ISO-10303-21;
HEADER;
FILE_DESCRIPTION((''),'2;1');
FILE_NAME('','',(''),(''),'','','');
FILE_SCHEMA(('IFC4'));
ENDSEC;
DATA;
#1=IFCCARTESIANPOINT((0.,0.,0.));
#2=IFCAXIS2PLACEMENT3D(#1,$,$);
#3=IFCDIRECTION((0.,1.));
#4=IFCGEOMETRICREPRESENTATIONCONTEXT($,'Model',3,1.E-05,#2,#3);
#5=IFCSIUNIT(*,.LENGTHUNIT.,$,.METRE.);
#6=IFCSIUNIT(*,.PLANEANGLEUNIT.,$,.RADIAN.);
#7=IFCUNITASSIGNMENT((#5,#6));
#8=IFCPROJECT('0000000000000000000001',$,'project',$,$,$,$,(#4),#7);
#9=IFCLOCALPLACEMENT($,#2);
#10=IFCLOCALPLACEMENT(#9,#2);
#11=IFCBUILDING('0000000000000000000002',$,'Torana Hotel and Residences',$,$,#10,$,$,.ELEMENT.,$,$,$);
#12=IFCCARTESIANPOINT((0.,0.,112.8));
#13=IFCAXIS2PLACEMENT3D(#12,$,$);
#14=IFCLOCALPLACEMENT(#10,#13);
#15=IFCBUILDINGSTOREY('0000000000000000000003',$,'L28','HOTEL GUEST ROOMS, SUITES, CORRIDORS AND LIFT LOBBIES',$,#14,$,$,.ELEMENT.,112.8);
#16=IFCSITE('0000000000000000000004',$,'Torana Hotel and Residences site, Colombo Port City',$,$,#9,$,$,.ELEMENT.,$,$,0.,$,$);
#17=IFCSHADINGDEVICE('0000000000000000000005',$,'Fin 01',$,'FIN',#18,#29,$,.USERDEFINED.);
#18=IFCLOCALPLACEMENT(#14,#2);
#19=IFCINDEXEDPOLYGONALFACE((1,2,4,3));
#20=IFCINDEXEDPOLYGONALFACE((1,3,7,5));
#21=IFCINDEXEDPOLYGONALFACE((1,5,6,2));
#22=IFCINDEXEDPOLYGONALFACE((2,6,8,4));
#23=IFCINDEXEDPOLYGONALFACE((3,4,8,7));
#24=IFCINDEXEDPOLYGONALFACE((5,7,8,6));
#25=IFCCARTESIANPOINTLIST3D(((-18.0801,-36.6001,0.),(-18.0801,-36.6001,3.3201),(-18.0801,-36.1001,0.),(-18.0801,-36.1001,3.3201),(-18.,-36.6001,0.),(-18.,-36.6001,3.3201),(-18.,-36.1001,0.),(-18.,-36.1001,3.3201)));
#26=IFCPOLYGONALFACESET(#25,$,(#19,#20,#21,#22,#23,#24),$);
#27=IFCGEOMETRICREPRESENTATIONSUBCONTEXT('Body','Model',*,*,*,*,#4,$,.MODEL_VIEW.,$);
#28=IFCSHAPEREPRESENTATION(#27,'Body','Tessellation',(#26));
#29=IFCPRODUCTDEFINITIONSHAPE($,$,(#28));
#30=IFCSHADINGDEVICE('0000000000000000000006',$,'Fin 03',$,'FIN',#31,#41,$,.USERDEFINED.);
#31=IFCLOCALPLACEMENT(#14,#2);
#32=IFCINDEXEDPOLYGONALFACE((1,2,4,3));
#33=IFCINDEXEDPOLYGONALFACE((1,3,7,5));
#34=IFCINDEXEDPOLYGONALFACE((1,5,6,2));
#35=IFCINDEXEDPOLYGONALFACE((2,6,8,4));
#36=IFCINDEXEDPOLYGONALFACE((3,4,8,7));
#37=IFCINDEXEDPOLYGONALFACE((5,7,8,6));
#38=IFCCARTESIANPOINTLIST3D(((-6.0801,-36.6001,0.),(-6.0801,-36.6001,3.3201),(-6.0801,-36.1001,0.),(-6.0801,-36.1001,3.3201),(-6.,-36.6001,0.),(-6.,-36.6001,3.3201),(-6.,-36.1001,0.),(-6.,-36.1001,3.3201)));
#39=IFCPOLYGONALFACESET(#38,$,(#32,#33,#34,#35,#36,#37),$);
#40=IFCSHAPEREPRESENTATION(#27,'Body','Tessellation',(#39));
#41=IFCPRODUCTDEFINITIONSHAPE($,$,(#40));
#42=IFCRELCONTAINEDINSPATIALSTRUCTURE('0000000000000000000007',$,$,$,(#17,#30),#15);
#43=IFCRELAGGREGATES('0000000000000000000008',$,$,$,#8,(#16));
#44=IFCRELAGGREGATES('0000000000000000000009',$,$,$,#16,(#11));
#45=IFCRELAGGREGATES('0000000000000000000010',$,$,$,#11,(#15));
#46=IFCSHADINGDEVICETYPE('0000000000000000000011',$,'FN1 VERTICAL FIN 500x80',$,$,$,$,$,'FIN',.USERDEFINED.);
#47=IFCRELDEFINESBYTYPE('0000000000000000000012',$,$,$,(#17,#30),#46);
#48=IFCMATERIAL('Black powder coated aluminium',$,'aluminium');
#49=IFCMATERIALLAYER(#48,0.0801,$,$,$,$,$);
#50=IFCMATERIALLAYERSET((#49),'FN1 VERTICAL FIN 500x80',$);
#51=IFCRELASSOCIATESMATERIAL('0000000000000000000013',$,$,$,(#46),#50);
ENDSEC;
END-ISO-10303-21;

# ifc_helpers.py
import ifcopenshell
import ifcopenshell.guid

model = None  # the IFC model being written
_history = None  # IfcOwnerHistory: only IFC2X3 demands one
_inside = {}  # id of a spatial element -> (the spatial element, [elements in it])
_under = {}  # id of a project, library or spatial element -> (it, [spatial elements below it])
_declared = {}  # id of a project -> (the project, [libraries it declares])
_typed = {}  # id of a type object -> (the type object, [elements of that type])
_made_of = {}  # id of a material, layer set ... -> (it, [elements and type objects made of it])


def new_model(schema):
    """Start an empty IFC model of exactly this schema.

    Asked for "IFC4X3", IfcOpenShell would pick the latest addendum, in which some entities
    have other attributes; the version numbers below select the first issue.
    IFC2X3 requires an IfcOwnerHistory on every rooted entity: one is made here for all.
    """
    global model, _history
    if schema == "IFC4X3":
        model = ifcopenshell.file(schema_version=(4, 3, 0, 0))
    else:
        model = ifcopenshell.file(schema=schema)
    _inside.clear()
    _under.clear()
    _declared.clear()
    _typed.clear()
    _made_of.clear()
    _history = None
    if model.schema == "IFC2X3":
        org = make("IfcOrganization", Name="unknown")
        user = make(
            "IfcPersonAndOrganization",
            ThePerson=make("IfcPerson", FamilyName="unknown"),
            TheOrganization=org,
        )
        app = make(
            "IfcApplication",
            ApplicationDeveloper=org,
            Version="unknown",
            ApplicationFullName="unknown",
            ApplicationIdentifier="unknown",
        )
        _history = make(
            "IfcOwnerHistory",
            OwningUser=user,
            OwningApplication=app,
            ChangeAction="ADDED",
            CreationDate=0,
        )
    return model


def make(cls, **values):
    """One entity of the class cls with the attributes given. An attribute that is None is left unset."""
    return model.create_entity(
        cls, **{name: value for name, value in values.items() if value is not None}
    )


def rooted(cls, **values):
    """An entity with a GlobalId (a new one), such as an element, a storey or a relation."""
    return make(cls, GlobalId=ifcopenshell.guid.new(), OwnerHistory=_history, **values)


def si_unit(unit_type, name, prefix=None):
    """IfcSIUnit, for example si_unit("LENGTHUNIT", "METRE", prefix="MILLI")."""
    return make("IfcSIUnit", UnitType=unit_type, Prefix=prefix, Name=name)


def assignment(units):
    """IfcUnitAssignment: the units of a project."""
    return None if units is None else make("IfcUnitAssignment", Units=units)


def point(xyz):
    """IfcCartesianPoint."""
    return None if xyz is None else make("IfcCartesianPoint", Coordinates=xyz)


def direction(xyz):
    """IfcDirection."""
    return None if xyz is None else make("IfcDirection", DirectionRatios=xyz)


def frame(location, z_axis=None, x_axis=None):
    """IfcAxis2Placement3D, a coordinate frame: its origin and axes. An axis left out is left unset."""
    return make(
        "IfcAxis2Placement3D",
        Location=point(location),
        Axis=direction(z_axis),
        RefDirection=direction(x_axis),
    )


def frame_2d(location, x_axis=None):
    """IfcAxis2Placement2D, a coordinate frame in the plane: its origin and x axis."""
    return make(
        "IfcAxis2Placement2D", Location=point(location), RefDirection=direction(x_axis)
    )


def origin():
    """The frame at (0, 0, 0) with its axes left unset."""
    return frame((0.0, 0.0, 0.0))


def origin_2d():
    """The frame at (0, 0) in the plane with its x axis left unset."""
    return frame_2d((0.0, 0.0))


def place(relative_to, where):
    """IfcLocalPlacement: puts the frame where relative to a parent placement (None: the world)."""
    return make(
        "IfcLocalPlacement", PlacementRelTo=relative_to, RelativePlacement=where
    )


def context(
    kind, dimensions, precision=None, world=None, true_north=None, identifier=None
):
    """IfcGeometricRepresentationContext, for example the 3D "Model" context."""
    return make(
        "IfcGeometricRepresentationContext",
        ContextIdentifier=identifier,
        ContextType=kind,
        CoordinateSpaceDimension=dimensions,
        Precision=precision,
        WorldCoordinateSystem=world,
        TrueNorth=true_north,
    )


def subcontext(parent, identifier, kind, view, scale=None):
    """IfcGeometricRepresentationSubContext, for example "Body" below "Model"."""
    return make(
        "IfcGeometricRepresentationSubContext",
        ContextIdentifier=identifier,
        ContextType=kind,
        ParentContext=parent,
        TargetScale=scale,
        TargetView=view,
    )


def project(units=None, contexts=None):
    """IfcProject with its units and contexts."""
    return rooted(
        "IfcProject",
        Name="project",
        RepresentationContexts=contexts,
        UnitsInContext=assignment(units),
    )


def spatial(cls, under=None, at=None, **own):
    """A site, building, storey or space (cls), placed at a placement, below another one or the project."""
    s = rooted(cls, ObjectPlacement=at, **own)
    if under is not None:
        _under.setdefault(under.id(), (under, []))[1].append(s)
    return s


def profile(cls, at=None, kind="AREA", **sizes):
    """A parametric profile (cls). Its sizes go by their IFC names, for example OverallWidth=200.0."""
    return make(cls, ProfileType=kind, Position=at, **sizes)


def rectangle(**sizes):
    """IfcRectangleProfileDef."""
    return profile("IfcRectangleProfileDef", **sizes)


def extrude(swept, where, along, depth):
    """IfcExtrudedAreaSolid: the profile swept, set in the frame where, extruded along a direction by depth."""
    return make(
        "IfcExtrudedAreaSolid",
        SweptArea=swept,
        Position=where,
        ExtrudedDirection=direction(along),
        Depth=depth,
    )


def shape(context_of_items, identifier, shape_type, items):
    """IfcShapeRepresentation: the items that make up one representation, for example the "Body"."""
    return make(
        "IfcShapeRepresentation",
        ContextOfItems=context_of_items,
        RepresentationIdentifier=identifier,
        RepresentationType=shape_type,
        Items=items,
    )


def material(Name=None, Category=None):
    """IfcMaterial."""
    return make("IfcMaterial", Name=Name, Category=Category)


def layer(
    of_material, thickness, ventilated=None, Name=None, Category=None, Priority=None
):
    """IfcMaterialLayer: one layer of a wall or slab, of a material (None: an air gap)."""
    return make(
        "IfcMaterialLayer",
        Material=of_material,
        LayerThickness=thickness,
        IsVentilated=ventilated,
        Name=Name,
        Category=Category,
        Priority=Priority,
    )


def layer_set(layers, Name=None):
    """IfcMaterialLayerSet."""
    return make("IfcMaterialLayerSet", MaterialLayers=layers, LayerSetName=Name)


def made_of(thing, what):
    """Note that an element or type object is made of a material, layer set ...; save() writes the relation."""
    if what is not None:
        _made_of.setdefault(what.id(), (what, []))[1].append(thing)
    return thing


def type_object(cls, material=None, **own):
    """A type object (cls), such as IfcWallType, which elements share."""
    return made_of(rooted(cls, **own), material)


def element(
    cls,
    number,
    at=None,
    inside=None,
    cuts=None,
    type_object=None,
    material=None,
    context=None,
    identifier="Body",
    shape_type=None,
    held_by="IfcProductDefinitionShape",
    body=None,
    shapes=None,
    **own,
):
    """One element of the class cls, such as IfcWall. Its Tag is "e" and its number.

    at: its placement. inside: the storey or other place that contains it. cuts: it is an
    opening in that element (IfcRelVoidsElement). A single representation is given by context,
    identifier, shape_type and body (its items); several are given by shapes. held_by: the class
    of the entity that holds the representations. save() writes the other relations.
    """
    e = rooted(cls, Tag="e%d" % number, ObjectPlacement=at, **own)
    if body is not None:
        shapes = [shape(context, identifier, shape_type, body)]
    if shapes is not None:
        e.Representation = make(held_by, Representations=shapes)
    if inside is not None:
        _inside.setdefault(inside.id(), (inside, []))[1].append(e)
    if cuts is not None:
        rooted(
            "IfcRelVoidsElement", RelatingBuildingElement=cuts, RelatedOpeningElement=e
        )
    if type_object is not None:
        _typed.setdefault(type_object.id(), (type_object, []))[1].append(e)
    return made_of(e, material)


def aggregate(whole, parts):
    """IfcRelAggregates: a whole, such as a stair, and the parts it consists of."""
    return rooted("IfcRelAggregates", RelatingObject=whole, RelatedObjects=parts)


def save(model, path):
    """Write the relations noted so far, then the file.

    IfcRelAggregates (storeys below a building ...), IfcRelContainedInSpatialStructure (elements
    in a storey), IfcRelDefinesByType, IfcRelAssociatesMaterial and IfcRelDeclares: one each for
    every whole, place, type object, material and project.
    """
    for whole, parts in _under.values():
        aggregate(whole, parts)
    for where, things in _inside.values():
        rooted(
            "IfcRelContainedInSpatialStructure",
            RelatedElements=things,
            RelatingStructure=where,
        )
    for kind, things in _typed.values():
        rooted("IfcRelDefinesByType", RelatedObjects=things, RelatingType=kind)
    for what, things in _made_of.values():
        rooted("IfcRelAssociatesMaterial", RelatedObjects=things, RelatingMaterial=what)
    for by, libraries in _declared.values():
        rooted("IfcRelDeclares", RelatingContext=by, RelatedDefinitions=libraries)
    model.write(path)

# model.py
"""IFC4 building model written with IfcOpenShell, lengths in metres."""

from ifc_helpers import new_model, si_unit, direction, frame, origin, origin_2d, place, context, subcontext, project, spatial, rectangle, extrude, material, layer, layer_set, type_object, element, save


model = new_model("IFC4")

# Units and contexts
model_context = context("Model", 3, precision=1e-05, world=origin(), true_north=direction((0.0, 1.0)))
body_context = subcontext(model_context, "Body", "Model", "MODEL_VIEW")
ifc_project = project(units=[si_unit("LENGTHUNIT", "METRE"), si_unit("PLANEANGLEUNIT", "RADIAN")], contexts=[model_context])

# Site, building, storey
site_placement = place(None, origin())
site = spatial("IfcSite", under=ifc_project, at=site_placement, Name="Torana Hotel and Residences site, Colombo Port City", CompositionType="ELEMENT", RefElevation=0.0)
building_placement = place(site_placement, origin())
building = spatial("IfcBuilding", under=site, at=building_placement, Name="Torana Hotel and Residences", CompositionType="ELEMENT")
storey_placement = place(building_placement, frame((0.0, 0.0, 112.8)))
storey = spatial("IfcBuildingStorey", under=building, at=storey_placement, Name="L28", Description="HOTEL GUEST ROOMS, SUITES, CORRIDORS AND LIFT LOBBIES", CompositionType="ELEMENT", Elevation=112.8)

# Shading devices
ifc_material_1 = material(Name="Black powder coated aluminium", Category="aluminium")
ifc_layer_1 = layer(ifc_material_1, 0.0801)
ifc_layer_set_1 = layer_set([ifc_layer_1], Name="FN1 VERTICAL FIN 500x80")
shading_device_type = type_object("IfcShadingDeviceType", Name="FN1 VERTICAL FIN 500x80", ElementType="FIN", PredefinedType="USERDEFINED", material=ifc_layer_set_1)
for number, where, z_axis, x_axis, name in (
    (1, (-18.04, -36.3501, 0.0), (0.0, 0.0, 1.0), (-1.0, 0.0, 0.0), "Fin 01"),
    (2, (-6.04, -36.3501, 0.0), (0.0, 0.0, 1.0), (-1.0, 0.0, 0.0), "Fin 03"),
):
    element("IfcShadingDevice", number, at=place(storey_placement, frame(where, z_axis=z_axis, x_axis=x_axis)), inside=storey, type_object=shading_device_type, Name=name, ObjectType="FIN", PredefinedType="USERDEFINED", context=body_context, shape_type="SweptSolid", body=[
        extrude(rectangle(XDim=0.0801, YDim=0.5, at=origin_2d()), origin(), (0.0, 0.0, 1.0), 3.3201),
    ])

save(model, "model.ifc")
